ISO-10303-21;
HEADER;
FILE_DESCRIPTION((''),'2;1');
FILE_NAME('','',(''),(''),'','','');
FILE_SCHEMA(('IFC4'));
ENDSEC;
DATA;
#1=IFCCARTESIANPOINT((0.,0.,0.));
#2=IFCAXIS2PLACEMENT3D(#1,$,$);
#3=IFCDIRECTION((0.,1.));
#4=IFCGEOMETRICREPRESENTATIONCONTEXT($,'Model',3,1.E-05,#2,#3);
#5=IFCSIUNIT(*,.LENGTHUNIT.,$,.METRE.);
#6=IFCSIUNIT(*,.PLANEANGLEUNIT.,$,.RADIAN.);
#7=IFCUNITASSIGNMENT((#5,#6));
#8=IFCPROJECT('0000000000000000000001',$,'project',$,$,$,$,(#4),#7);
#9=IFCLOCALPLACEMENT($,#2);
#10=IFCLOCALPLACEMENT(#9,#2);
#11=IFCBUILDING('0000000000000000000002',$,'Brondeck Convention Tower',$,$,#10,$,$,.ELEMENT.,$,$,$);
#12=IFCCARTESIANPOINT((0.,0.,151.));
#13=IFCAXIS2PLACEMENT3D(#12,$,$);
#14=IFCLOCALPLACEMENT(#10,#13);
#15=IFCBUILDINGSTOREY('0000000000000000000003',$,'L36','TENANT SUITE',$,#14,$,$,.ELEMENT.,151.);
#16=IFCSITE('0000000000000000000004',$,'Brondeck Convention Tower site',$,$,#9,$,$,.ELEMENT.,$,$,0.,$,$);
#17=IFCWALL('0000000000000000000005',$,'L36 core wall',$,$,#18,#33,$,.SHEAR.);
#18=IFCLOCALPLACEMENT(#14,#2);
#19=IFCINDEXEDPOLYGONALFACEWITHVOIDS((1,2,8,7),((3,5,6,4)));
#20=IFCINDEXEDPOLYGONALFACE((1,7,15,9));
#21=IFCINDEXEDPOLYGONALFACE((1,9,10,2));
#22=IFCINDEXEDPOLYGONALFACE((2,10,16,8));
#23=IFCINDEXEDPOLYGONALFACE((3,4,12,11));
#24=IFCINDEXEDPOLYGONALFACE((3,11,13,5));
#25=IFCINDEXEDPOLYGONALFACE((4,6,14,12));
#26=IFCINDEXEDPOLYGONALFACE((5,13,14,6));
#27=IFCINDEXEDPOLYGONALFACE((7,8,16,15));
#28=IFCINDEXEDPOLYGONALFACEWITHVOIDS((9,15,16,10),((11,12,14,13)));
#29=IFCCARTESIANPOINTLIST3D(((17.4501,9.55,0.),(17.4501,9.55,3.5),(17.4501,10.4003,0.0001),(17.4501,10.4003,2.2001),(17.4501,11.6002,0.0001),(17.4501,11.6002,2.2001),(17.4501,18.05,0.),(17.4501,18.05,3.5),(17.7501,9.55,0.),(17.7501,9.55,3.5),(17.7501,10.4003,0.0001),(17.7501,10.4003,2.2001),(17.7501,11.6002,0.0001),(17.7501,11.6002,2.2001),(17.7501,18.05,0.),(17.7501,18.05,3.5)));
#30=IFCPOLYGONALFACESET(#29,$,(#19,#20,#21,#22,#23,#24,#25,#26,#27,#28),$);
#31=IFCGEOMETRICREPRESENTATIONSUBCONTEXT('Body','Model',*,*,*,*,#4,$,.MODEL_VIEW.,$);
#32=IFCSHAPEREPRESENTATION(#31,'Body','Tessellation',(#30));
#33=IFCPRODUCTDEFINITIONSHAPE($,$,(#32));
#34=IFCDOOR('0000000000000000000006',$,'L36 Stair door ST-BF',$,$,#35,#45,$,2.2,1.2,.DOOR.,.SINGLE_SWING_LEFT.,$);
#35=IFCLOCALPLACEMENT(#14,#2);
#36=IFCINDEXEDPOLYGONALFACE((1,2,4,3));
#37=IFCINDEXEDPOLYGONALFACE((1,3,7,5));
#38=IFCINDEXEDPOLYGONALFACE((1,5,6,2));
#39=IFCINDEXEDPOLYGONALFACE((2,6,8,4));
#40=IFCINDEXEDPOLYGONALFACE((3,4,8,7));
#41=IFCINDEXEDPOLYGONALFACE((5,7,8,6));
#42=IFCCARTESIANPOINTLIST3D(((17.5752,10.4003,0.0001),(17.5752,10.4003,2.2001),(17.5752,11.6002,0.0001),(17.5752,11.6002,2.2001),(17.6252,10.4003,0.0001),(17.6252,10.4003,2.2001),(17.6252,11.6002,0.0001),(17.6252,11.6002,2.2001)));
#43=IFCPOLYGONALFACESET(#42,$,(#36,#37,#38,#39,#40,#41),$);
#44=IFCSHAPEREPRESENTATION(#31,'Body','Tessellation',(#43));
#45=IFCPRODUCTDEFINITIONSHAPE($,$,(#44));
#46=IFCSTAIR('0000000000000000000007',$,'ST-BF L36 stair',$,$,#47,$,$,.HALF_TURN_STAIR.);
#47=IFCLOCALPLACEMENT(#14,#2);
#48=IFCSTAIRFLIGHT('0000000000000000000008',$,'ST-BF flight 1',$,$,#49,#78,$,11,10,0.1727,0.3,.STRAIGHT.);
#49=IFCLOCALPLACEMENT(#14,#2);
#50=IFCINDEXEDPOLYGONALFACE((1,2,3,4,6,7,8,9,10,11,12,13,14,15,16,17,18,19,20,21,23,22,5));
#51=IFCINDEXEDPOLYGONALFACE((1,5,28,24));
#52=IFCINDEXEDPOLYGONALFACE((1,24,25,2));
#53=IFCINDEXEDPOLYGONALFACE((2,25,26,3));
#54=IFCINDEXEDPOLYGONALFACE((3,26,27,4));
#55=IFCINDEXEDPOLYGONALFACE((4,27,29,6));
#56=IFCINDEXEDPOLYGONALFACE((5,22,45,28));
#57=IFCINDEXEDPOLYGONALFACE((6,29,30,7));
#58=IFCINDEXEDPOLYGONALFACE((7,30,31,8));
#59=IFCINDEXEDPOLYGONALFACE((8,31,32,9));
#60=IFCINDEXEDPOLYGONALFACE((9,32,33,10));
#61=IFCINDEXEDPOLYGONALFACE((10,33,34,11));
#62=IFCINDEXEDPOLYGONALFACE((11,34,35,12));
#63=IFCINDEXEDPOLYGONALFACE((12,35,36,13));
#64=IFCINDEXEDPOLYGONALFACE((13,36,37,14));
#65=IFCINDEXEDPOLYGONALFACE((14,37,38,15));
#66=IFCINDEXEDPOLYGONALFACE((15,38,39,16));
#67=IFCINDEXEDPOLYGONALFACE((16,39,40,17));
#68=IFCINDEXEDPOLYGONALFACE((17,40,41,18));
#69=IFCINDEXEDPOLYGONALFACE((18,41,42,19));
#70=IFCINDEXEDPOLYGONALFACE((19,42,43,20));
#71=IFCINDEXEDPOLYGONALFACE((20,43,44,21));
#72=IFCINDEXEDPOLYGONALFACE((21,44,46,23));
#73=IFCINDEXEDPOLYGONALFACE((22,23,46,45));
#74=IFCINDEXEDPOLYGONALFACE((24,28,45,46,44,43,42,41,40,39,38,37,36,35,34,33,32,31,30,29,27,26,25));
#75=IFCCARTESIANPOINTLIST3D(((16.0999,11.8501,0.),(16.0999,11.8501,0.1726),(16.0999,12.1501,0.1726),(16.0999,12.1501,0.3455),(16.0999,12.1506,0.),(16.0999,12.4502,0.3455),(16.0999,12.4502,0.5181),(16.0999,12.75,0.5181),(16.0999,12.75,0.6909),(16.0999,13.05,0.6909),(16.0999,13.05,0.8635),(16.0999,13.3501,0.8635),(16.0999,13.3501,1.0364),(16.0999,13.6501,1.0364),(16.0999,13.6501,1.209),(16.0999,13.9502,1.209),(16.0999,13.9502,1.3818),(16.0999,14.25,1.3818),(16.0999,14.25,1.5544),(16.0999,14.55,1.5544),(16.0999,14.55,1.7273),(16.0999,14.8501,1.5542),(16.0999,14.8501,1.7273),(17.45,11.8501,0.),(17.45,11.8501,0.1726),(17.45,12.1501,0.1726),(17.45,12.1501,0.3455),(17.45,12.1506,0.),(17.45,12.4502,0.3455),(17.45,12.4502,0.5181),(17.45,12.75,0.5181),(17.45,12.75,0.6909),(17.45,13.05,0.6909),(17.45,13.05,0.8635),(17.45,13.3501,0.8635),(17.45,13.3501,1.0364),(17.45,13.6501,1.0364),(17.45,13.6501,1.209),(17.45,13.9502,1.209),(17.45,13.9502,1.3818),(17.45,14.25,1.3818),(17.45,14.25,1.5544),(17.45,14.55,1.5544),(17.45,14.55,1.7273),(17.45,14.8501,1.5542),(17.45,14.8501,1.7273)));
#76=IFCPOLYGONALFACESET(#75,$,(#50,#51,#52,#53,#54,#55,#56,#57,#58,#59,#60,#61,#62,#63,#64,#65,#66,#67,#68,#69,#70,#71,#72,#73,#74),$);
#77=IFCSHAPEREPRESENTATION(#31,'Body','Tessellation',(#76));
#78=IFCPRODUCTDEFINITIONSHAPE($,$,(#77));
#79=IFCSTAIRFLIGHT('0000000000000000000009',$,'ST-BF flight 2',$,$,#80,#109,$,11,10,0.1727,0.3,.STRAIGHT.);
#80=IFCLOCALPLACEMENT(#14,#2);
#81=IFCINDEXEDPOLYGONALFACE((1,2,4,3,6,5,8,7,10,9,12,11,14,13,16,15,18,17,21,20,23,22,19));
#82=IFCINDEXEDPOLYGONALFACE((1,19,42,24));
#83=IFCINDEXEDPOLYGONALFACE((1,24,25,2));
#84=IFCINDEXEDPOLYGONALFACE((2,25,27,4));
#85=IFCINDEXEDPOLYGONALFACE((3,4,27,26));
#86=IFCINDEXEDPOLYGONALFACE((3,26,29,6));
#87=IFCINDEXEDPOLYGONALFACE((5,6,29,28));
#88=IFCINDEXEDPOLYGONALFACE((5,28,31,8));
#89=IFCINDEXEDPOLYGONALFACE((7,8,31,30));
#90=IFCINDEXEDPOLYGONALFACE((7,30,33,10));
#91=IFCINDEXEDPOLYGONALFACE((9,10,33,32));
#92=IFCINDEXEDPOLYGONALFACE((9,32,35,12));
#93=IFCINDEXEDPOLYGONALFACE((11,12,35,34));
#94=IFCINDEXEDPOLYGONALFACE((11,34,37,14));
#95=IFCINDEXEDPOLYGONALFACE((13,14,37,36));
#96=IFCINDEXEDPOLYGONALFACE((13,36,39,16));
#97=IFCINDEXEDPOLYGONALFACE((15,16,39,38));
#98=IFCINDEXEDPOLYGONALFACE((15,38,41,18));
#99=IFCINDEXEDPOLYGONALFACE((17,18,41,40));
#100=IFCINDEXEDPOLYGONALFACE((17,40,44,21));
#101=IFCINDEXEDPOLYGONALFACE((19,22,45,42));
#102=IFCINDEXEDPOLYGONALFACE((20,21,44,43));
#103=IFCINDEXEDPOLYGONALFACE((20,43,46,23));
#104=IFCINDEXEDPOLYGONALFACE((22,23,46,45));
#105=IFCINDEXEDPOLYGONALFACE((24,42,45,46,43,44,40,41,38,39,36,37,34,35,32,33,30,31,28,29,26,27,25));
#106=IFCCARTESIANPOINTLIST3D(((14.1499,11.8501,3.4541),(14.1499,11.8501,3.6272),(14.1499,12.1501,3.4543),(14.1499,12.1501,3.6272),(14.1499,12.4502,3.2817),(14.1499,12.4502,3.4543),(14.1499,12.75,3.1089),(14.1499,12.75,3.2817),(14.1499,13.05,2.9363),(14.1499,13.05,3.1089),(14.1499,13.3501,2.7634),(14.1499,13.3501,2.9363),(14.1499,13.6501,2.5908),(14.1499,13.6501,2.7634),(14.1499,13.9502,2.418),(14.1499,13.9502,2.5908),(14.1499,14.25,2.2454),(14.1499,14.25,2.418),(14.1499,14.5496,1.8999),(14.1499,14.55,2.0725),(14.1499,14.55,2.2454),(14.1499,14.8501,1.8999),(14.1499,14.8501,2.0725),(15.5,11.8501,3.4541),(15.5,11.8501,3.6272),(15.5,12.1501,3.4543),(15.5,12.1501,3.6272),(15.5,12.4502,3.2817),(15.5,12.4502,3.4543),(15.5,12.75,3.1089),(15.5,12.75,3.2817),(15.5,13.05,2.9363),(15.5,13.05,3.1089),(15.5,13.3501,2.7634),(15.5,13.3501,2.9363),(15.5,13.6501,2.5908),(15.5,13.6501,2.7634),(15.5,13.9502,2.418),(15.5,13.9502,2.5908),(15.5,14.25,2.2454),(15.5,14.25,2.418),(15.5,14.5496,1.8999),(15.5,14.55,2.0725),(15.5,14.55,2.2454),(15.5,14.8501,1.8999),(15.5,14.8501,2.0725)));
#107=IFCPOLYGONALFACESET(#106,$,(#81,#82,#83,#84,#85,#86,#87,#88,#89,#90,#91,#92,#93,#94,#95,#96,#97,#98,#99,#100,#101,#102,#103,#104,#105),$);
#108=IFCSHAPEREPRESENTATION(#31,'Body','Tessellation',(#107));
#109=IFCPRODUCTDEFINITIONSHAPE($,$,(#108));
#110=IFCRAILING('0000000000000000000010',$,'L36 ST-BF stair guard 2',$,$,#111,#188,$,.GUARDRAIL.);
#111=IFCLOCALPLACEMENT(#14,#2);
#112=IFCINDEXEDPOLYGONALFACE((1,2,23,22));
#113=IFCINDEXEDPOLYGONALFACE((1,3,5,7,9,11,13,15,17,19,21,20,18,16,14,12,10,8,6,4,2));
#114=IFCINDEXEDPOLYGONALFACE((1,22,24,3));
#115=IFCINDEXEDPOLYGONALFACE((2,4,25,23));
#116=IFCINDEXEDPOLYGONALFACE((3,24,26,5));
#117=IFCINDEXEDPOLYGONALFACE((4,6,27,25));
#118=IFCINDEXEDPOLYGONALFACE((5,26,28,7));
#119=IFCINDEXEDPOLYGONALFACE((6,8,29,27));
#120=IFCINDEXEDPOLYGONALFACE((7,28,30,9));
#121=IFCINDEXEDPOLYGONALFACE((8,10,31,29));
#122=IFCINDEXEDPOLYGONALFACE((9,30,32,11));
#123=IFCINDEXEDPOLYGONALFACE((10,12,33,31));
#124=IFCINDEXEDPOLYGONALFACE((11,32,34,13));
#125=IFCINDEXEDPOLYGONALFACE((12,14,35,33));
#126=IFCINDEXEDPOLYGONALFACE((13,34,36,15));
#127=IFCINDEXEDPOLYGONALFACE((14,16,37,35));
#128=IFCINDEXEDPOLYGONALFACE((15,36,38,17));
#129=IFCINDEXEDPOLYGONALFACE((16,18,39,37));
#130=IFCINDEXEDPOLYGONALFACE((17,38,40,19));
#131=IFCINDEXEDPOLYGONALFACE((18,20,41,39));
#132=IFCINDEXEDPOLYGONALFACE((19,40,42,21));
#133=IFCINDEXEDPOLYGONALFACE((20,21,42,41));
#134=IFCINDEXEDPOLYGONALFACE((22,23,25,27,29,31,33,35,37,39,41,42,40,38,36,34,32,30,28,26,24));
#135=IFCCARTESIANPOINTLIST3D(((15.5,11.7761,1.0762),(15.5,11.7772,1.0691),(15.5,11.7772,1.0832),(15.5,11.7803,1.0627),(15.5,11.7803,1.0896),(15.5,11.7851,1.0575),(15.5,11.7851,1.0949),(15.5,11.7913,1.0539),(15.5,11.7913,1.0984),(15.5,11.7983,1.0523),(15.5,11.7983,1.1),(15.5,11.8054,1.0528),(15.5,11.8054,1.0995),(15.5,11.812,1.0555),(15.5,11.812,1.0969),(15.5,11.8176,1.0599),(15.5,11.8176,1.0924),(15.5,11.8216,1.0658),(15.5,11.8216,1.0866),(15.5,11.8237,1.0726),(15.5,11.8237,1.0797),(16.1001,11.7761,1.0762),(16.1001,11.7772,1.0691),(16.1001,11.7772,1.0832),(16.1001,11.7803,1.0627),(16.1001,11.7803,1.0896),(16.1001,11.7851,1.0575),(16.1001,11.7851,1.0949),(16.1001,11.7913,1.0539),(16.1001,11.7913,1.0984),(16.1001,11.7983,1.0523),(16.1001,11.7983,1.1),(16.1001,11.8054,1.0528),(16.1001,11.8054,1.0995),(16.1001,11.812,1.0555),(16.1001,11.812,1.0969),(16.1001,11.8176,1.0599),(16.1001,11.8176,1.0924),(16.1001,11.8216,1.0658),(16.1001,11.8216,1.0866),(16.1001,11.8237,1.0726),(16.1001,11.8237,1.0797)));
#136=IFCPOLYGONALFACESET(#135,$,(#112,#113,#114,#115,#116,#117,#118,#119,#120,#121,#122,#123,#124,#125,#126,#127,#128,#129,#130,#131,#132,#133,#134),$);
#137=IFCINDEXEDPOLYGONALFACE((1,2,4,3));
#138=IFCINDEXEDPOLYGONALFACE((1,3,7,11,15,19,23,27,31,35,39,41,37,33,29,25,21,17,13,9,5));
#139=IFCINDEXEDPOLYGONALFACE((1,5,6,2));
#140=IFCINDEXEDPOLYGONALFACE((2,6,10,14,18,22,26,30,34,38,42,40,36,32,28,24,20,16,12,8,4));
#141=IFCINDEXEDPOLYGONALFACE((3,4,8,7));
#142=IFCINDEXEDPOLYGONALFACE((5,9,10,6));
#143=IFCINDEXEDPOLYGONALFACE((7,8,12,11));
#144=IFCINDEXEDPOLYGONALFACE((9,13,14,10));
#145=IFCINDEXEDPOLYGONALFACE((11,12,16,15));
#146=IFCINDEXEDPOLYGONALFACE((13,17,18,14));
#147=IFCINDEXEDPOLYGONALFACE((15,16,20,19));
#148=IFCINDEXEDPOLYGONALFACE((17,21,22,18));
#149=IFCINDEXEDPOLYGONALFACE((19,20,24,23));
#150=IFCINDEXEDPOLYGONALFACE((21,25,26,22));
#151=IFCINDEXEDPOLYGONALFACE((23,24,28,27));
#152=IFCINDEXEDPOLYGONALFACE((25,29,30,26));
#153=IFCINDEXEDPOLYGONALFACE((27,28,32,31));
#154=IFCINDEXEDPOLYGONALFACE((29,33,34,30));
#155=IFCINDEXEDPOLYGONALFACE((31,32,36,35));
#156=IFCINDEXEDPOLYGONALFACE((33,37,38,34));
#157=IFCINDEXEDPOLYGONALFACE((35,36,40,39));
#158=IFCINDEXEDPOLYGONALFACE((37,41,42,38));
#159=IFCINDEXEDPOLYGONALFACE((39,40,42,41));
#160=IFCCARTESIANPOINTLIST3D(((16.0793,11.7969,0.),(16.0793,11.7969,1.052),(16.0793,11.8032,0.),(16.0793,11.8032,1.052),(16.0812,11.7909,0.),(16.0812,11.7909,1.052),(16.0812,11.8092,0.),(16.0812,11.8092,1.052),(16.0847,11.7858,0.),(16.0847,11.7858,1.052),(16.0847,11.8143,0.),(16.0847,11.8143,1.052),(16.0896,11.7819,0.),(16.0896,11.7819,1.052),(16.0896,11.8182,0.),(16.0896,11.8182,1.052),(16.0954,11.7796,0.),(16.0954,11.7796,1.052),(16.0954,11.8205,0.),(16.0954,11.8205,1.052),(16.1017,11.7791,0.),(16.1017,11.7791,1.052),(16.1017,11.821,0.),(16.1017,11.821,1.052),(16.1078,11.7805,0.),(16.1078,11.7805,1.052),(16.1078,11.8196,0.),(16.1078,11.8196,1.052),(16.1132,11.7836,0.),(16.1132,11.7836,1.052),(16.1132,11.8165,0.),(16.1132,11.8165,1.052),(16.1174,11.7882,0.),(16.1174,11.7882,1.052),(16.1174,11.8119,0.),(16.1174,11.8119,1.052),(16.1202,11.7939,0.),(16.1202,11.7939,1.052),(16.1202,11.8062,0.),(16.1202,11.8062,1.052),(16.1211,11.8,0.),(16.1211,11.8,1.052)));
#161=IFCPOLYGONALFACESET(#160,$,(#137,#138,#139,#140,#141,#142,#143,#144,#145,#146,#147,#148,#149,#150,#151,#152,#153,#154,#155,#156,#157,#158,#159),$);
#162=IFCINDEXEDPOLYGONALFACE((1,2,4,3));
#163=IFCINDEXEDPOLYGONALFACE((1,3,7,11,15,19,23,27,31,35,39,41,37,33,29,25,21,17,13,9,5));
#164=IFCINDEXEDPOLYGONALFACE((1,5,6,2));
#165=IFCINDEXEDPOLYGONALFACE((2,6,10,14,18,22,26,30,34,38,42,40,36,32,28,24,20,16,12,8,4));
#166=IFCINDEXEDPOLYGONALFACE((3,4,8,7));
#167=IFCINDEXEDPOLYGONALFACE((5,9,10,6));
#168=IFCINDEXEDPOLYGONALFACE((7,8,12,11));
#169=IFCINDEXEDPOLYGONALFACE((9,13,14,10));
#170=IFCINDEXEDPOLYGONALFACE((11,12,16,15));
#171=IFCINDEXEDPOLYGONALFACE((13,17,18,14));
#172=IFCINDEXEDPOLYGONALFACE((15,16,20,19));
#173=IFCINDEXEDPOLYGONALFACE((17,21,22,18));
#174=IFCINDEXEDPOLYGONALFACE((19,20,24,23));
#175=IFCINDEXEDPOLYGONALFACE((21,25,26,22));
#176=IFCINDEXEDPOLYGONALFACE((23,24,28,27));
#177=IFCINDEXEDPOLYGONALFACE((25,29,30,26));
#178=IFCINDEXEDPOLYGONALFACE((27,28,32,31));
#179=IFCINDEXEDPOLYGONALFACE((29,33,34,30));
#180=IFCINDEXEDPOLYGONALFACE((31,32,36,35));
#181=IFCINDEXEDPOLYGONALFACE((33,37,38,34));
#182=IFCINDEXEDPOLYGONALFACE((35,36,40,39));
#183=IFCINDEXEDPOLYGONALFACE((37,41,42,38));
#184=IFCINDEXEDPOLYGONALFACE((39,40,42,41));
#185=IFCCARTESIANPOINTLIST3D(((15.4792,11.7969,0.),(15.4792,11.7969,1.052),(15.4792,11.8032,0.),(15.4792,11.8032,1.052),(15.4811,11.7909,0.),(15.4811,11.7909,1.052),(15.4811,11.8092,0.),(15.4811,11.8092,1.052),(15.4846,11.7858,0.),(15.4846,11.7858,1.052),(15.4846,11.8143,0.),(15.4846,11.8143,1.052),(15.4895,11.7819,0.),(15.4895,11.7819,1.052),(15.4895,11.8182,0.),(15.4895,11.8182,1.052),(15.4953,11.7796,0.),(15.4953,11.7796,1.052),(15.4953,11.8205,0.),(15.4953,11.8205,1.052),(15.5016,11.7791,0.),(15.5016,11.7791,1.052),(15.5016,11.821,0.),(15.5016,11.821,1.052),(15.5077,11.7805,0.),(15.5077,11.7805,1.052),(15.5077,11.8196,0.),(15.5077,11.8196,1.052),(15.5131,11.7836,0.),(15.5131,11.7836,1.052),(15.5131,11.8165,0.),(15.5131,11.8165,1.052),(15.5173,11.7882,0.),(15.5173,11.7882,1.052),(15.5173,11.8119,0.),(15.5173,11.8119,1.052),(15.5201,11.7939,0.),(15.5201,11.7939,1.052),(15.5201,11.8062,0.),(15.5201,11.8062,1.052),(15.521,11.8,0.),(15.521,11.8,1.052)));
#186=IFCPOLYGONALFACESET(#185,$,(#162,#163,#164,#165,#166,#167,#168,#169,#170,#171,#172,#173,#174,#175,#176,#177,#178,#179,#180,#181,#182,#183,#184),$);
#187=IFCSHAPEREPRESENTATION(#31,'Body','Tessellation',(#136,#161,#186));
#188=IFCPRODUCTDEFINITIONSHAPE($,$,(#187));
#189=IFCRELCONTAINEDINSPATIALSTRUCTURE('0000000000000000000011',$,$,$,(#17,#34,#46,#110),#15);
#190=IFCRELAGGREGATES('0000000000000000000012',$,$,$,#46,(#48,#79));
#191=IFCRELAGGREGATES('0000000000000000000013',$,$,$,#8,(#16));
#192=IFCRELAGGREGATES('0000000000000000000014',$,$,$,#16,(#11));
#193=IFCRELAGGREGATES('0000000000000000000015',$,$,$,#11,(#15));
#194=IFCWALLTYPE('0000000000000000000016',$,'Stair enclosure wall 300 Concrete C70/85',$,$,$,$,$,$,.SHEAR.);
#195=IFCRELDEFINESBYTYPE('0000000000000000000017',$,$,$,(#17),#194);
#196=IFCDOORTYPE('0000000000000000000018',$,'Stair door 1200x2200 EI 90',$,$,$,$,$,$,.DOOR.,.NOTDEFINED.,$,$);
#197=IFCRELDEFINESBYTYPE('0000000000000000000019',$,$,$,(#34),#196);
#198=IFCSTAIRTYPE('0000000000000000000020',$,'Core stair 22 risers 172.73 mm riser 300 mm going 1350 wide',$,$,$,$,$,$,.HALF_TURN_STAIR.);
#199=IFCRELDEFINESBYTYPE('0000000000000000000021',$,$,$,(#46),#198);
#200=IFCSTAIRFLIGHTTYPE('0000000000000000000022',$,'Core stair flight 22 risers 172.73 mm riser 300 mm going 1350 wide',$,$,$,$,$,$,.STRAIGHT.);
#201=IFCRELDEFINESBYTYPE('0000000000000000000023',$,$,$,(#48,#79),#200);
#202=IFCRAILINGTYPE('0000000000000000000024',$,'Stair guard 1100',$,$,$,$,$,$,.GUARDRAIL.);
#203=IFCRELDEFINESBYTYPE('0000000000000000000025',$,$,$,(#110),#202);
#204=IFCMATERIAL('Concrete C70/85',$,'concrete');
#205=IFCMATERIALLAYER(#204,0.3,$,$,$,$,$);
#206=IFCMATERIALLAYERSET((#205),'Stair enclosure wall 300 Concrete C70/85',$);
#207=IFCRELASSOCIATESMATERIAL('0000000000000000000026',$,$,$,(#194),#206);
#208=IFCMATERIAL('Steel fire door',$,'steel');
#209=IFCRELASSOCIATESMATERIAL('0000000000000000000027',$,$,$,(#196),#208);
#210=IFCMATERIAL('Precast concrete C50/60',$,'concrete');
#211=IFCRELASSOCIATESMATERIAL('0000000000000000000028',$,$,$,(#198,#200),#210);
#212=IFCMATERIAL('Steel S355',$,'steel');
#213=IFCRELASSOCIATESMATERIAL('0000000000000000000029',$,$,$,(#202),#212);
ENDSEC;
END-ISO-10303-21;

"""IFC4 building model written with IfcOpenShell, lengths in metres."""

from ifc_helpers import new_model, si_unit, direction, frame, frame_2d, origin, origin_2d, place, context, subcontext, project, spatial, polyline, rectangle, circle, outline, extrude, material, layer, layer_set, type_object, element, fill, aggregate, save


model = new_model("IFC4")

# Units and contexts
model_context = context("Model", 3, precision=1e-05, world=origin(), true_north=direction((0.0, 1.0)))
body_context = subcontext(model_context, "Body", "Model", "MODEL_VIEW")
ifc_project = project(units=[si_unit("LENGTHUNIT", "METRE"), si_unit("PLANEANGLEUNIT", "RADIAN")], contexts=[model_context])

# Site, building, storey
site_placement = place(None, origin())
site = spatial("IfcSite", under=ifc_project, at=site_placement, Name="Brondeck Convention Tower site", CompositionType="ELEMENT", RefElevation=0.0)
building_placement = place(site_placement, origin())
building = spatial("IfcBuilding", under=site, at=building_placement, Name="Brondeck Convention Tower", CompositionType="ELEMENT")
storey_placement = place(building_placement, frame((0.0, 0.0, 151.0)))
storey = spatial("IfcBuildingStorey", under=building, at=storey_placement, Name="L36", Description="TENANT SUITE", CompositionType="ELEMENT", Elevation=151.0)

# Shared definitions
ifc_material_1 = material(Name="Concrete C70/85", Category="concrete")

# Shared definitions
ifc_material_2 = material(Name="Steel S355", Category="steel")

# Shared definitions
ifc_layer_1 = layer(ifc_material_1, 0.3)
ifc_layer_set_1 = layer_set([ifc_layer_1], Name="Stair enclosure wall 300 Concrete C70/85")
wall_type_1 = type_object("IfcWallType", Name="Stair enclosure wall 300 Concrete C70/85", PredefinedType="SHEAR", material=ifc_layer_set_1)

# Wall, opening, door
wall_1_placement = place(storey_placement, frame((17.6001, 9.55, 0.0), z_axis=(0.0, 0.0, 1.0), x_axis=(0.0, 1.0, 0.0)))
wall_1 = element("IfcWall", 1, at=wall_1_placement, inside=storey, type_object=wall_type_1, Name="L36 core wall", PredefinedType="SHEAR", context=body_context, shape_type="SweptSolid", body=[
    extrude(rectangle(XDim=8.5, YDim=0.3, at=frame_2d((4.25, 0.0))), origin(), (0.0, 0.0, 1.0), 3.5),
])
opening_1_placement = place(wall_1_placement, frame((0.8501, 0.0, 0.0)))
opening_1 = element("IfcOpeningElement", 2, at=opening_1_placement, cuts=wall_1, PredefinedType="OPENING", context=body_context, shape_type="SweptSolid", body=[
    extrude(rectangle(XDim=1.2, YDim=2.2, at=frame_2d((0.6001, 1.1001))), frame((0.0, 0.1599, 0.0), z_axis=(0.0, -1.0, 0.0), x_axis=(1.0, 0.0, 0.0)), (0.0, 0.0, 1.0), 0.3201),
])
ifc_material_3 = material(Name="Steel fire door", Category="steel")
door_type_1 = type_object("IfcDoorType", Name="Stair door 1200x2200 EI 90", OperationType="NOTDEFINED", PredefinedType="DOOR", material=ifc_material_3)
door_1_placement = place(opening_1_placement, origin())
door_1 = element("IfcDoor", 3, at=door_1_placement, inside=storey, type_object=door_type_1, Name="L36 Stair door ST-BF", OperationType="SINGLE_SWING_LEFT", OverallHeight=2.2, OverallWidth=1.2, PredefinedType="DOOR", context=body_context, shape_type="SweptSolid", body=[
    extrude(rectangle(XDim=1.2, YDim=2.2, at=frame_2d((0.6001, 1.1001))), frame((0.0, 0.0249, 0.0), z_axis=(0.0, -1.0, 0.0), x_axis=(1.0, 0.0, 0.0)), (0.0, 0.0, 1.0), 0.05),
])
fill(opening_1, door_1)

# Stair, stair flights
ifc_material_4 = material(Name="Precast concrete C50/60", Category="concrete")
stair_type = type_object("IfcStairType", Name="Core stair 22 risers 172.73 mm riser 300 mm going 1350 wide", PredefinedType="HALF_TURN_STAIR", material=ifc_material_4)
stair_placement = place(storey_placement, origin())
stair = element("IfcStair", 4, at=stair_placement, inside=storey, type_object=stair_type, Name="ST-BF L36 stair", PredefinedType="HALF_TURN_STAIR")
stair_flight_type = type_object("IfcStairFlightType", Name="Core stair flight 22 risers 172.73 mm riser 300 mm going 1350 wide", PredefinedType="STRAIGHT", material=ifc_material_4)
stair_flight_1_placement = place(storey_placement, frame((16.7749, 11.8501, 0.0), z_axis=(0.0, 0.0, 1.0), x_axis=(0.0, 1.0, 0.0)))
stair_flight_1 = element("IfcStairFlight", 5, at=stair_flight_1_placement, type_object=stair_flight_type, Name="ST-BF flight 1", NumberOfRisers=11, NumberOfTreads=10, PredefinedType="STRAIGHT", RiserHeight=0.1727, TreadLength=0.3, context=body_context, shape_type="SweptSolid", body=[
    extrude(outline(polyline([(0.0, 0.0), (0.0, 0.1726), (0.3, 0.1726), (0.3, 0.3455), (0.6001, 0.3455), (0.6001, 0.5181), (0.8999, 0.5181), (0.8999, 0.6909), (1.2, 0.6909), (1.2, 0.8635), (1.5, 0.8635), (1.5, 1.0364), (1.8, 1.0364), (1.8, 1.209), (2.1001, 1.209), (2.1001, 1.3818), (2.3999, 1.3818), (2.3999, 1.5544), (2.7, 1.5544), (2.7, 1.7273), (3.0, 1.7273), (3.0, 1.8999), (3.0, 1.5542), (0.3005, 0.0), (0.0, 0.0)])), frame((0.0, 0.675, 0.0), z_axis=(0.0, -1.0, 0.0), x_axis=(1.0, 0.0, 0.0)), (0.0, 0.0, 1.0), 1.3501),
])
stair_flight_2_placement = place(storey_placement, frame((14.825, 14.8501, 1.8999), z_axis=(0.0, 0.0, 1.0), x_axis=(0.0, -1.0, 0.0)))
stair_flight_2 = element("IfcStairFlight", 6, at=stair_flight_2_placement, type_object=stair_flight_type, Name="ST-BF flight 2", NumberOfRisers=11, NumberOfTreads=10, PredefinedType="STRAIGHT", RiserHeight=0.1727, TreadLength=0.3, context=body_context, shape_type="SweptSolid", body=[
    extrude(outline(polyline([(0.0, 0.0), (0.0, 0.1726), (0.3, 0.1726), (0.3, 0.3455), (0.6001, 0.3455), (0.6001, 0.5181), (0.8999, 0.5181), (0.8999, 0.6909), (1.2, 0.6909), (1.2, 0.8635), (1.5, 0.8635), (1.5, 1.0364), (1.8, 1.0364), (1.8, 1.209), (2.1001, 1.209), (2.1001, 1.3818), (2.3999, 1.3818), (2.3999, 1.5544), (2.7, 1.5544), (2.7, 1.7273), (3.0, 1.7273), (3.0, 1.8999), (3.0, 1.5542), (0.3005, 0.0), (0.0, 0.0)])), frame((0.0, 0.675, 0.0), z_axis=(0.0, -1.0, 0.0), x_axis=(1.0, 0.0, 0.0)), (0.0, 0.0, 1.0), 1.3501),
])
aggregate(stair, [stair_flight_1, stair_flight_2])

# Railing
railing_type_1 = type_object("IfcRailingType", Name="Stair guard 1100", PredefinedType="GUARDRAIL", material=ifc_material_2)
railing_1_placement = place(storey_placement, frame((16.1001, 11.8, 0.0)))
element("IfcRailing", 7, at=railing_1_placement, inside=storey, type_object=railing_type_1, Name="L36 ST-BF stair guard 2", PredefinedType="GUARDRAIL", context=body_context, shape_type="SweptSolid", body=[
    extrude(circle(Radius=0.0239, at=origin_2d()), frame((0.0, 0.0, 1.0762), z_axis=(-1.0, 0.0, 0.0), x_axis=(0.0, -1.0, 0.0)), (0.0, 0.0, 1.0), 0.6001),
    extrude(circle(Radius=0.021, at=origin_2d()), origin(), (0.0, 0.0, 1.0), 1.052),
    extrude(circle(Radius=0.021, at=origin_2d()), frame((-0.6001, 0.0, 0.0)), (0.0, 0.0, 1.0), 1.052),
])

save(model, "model.ifc")
